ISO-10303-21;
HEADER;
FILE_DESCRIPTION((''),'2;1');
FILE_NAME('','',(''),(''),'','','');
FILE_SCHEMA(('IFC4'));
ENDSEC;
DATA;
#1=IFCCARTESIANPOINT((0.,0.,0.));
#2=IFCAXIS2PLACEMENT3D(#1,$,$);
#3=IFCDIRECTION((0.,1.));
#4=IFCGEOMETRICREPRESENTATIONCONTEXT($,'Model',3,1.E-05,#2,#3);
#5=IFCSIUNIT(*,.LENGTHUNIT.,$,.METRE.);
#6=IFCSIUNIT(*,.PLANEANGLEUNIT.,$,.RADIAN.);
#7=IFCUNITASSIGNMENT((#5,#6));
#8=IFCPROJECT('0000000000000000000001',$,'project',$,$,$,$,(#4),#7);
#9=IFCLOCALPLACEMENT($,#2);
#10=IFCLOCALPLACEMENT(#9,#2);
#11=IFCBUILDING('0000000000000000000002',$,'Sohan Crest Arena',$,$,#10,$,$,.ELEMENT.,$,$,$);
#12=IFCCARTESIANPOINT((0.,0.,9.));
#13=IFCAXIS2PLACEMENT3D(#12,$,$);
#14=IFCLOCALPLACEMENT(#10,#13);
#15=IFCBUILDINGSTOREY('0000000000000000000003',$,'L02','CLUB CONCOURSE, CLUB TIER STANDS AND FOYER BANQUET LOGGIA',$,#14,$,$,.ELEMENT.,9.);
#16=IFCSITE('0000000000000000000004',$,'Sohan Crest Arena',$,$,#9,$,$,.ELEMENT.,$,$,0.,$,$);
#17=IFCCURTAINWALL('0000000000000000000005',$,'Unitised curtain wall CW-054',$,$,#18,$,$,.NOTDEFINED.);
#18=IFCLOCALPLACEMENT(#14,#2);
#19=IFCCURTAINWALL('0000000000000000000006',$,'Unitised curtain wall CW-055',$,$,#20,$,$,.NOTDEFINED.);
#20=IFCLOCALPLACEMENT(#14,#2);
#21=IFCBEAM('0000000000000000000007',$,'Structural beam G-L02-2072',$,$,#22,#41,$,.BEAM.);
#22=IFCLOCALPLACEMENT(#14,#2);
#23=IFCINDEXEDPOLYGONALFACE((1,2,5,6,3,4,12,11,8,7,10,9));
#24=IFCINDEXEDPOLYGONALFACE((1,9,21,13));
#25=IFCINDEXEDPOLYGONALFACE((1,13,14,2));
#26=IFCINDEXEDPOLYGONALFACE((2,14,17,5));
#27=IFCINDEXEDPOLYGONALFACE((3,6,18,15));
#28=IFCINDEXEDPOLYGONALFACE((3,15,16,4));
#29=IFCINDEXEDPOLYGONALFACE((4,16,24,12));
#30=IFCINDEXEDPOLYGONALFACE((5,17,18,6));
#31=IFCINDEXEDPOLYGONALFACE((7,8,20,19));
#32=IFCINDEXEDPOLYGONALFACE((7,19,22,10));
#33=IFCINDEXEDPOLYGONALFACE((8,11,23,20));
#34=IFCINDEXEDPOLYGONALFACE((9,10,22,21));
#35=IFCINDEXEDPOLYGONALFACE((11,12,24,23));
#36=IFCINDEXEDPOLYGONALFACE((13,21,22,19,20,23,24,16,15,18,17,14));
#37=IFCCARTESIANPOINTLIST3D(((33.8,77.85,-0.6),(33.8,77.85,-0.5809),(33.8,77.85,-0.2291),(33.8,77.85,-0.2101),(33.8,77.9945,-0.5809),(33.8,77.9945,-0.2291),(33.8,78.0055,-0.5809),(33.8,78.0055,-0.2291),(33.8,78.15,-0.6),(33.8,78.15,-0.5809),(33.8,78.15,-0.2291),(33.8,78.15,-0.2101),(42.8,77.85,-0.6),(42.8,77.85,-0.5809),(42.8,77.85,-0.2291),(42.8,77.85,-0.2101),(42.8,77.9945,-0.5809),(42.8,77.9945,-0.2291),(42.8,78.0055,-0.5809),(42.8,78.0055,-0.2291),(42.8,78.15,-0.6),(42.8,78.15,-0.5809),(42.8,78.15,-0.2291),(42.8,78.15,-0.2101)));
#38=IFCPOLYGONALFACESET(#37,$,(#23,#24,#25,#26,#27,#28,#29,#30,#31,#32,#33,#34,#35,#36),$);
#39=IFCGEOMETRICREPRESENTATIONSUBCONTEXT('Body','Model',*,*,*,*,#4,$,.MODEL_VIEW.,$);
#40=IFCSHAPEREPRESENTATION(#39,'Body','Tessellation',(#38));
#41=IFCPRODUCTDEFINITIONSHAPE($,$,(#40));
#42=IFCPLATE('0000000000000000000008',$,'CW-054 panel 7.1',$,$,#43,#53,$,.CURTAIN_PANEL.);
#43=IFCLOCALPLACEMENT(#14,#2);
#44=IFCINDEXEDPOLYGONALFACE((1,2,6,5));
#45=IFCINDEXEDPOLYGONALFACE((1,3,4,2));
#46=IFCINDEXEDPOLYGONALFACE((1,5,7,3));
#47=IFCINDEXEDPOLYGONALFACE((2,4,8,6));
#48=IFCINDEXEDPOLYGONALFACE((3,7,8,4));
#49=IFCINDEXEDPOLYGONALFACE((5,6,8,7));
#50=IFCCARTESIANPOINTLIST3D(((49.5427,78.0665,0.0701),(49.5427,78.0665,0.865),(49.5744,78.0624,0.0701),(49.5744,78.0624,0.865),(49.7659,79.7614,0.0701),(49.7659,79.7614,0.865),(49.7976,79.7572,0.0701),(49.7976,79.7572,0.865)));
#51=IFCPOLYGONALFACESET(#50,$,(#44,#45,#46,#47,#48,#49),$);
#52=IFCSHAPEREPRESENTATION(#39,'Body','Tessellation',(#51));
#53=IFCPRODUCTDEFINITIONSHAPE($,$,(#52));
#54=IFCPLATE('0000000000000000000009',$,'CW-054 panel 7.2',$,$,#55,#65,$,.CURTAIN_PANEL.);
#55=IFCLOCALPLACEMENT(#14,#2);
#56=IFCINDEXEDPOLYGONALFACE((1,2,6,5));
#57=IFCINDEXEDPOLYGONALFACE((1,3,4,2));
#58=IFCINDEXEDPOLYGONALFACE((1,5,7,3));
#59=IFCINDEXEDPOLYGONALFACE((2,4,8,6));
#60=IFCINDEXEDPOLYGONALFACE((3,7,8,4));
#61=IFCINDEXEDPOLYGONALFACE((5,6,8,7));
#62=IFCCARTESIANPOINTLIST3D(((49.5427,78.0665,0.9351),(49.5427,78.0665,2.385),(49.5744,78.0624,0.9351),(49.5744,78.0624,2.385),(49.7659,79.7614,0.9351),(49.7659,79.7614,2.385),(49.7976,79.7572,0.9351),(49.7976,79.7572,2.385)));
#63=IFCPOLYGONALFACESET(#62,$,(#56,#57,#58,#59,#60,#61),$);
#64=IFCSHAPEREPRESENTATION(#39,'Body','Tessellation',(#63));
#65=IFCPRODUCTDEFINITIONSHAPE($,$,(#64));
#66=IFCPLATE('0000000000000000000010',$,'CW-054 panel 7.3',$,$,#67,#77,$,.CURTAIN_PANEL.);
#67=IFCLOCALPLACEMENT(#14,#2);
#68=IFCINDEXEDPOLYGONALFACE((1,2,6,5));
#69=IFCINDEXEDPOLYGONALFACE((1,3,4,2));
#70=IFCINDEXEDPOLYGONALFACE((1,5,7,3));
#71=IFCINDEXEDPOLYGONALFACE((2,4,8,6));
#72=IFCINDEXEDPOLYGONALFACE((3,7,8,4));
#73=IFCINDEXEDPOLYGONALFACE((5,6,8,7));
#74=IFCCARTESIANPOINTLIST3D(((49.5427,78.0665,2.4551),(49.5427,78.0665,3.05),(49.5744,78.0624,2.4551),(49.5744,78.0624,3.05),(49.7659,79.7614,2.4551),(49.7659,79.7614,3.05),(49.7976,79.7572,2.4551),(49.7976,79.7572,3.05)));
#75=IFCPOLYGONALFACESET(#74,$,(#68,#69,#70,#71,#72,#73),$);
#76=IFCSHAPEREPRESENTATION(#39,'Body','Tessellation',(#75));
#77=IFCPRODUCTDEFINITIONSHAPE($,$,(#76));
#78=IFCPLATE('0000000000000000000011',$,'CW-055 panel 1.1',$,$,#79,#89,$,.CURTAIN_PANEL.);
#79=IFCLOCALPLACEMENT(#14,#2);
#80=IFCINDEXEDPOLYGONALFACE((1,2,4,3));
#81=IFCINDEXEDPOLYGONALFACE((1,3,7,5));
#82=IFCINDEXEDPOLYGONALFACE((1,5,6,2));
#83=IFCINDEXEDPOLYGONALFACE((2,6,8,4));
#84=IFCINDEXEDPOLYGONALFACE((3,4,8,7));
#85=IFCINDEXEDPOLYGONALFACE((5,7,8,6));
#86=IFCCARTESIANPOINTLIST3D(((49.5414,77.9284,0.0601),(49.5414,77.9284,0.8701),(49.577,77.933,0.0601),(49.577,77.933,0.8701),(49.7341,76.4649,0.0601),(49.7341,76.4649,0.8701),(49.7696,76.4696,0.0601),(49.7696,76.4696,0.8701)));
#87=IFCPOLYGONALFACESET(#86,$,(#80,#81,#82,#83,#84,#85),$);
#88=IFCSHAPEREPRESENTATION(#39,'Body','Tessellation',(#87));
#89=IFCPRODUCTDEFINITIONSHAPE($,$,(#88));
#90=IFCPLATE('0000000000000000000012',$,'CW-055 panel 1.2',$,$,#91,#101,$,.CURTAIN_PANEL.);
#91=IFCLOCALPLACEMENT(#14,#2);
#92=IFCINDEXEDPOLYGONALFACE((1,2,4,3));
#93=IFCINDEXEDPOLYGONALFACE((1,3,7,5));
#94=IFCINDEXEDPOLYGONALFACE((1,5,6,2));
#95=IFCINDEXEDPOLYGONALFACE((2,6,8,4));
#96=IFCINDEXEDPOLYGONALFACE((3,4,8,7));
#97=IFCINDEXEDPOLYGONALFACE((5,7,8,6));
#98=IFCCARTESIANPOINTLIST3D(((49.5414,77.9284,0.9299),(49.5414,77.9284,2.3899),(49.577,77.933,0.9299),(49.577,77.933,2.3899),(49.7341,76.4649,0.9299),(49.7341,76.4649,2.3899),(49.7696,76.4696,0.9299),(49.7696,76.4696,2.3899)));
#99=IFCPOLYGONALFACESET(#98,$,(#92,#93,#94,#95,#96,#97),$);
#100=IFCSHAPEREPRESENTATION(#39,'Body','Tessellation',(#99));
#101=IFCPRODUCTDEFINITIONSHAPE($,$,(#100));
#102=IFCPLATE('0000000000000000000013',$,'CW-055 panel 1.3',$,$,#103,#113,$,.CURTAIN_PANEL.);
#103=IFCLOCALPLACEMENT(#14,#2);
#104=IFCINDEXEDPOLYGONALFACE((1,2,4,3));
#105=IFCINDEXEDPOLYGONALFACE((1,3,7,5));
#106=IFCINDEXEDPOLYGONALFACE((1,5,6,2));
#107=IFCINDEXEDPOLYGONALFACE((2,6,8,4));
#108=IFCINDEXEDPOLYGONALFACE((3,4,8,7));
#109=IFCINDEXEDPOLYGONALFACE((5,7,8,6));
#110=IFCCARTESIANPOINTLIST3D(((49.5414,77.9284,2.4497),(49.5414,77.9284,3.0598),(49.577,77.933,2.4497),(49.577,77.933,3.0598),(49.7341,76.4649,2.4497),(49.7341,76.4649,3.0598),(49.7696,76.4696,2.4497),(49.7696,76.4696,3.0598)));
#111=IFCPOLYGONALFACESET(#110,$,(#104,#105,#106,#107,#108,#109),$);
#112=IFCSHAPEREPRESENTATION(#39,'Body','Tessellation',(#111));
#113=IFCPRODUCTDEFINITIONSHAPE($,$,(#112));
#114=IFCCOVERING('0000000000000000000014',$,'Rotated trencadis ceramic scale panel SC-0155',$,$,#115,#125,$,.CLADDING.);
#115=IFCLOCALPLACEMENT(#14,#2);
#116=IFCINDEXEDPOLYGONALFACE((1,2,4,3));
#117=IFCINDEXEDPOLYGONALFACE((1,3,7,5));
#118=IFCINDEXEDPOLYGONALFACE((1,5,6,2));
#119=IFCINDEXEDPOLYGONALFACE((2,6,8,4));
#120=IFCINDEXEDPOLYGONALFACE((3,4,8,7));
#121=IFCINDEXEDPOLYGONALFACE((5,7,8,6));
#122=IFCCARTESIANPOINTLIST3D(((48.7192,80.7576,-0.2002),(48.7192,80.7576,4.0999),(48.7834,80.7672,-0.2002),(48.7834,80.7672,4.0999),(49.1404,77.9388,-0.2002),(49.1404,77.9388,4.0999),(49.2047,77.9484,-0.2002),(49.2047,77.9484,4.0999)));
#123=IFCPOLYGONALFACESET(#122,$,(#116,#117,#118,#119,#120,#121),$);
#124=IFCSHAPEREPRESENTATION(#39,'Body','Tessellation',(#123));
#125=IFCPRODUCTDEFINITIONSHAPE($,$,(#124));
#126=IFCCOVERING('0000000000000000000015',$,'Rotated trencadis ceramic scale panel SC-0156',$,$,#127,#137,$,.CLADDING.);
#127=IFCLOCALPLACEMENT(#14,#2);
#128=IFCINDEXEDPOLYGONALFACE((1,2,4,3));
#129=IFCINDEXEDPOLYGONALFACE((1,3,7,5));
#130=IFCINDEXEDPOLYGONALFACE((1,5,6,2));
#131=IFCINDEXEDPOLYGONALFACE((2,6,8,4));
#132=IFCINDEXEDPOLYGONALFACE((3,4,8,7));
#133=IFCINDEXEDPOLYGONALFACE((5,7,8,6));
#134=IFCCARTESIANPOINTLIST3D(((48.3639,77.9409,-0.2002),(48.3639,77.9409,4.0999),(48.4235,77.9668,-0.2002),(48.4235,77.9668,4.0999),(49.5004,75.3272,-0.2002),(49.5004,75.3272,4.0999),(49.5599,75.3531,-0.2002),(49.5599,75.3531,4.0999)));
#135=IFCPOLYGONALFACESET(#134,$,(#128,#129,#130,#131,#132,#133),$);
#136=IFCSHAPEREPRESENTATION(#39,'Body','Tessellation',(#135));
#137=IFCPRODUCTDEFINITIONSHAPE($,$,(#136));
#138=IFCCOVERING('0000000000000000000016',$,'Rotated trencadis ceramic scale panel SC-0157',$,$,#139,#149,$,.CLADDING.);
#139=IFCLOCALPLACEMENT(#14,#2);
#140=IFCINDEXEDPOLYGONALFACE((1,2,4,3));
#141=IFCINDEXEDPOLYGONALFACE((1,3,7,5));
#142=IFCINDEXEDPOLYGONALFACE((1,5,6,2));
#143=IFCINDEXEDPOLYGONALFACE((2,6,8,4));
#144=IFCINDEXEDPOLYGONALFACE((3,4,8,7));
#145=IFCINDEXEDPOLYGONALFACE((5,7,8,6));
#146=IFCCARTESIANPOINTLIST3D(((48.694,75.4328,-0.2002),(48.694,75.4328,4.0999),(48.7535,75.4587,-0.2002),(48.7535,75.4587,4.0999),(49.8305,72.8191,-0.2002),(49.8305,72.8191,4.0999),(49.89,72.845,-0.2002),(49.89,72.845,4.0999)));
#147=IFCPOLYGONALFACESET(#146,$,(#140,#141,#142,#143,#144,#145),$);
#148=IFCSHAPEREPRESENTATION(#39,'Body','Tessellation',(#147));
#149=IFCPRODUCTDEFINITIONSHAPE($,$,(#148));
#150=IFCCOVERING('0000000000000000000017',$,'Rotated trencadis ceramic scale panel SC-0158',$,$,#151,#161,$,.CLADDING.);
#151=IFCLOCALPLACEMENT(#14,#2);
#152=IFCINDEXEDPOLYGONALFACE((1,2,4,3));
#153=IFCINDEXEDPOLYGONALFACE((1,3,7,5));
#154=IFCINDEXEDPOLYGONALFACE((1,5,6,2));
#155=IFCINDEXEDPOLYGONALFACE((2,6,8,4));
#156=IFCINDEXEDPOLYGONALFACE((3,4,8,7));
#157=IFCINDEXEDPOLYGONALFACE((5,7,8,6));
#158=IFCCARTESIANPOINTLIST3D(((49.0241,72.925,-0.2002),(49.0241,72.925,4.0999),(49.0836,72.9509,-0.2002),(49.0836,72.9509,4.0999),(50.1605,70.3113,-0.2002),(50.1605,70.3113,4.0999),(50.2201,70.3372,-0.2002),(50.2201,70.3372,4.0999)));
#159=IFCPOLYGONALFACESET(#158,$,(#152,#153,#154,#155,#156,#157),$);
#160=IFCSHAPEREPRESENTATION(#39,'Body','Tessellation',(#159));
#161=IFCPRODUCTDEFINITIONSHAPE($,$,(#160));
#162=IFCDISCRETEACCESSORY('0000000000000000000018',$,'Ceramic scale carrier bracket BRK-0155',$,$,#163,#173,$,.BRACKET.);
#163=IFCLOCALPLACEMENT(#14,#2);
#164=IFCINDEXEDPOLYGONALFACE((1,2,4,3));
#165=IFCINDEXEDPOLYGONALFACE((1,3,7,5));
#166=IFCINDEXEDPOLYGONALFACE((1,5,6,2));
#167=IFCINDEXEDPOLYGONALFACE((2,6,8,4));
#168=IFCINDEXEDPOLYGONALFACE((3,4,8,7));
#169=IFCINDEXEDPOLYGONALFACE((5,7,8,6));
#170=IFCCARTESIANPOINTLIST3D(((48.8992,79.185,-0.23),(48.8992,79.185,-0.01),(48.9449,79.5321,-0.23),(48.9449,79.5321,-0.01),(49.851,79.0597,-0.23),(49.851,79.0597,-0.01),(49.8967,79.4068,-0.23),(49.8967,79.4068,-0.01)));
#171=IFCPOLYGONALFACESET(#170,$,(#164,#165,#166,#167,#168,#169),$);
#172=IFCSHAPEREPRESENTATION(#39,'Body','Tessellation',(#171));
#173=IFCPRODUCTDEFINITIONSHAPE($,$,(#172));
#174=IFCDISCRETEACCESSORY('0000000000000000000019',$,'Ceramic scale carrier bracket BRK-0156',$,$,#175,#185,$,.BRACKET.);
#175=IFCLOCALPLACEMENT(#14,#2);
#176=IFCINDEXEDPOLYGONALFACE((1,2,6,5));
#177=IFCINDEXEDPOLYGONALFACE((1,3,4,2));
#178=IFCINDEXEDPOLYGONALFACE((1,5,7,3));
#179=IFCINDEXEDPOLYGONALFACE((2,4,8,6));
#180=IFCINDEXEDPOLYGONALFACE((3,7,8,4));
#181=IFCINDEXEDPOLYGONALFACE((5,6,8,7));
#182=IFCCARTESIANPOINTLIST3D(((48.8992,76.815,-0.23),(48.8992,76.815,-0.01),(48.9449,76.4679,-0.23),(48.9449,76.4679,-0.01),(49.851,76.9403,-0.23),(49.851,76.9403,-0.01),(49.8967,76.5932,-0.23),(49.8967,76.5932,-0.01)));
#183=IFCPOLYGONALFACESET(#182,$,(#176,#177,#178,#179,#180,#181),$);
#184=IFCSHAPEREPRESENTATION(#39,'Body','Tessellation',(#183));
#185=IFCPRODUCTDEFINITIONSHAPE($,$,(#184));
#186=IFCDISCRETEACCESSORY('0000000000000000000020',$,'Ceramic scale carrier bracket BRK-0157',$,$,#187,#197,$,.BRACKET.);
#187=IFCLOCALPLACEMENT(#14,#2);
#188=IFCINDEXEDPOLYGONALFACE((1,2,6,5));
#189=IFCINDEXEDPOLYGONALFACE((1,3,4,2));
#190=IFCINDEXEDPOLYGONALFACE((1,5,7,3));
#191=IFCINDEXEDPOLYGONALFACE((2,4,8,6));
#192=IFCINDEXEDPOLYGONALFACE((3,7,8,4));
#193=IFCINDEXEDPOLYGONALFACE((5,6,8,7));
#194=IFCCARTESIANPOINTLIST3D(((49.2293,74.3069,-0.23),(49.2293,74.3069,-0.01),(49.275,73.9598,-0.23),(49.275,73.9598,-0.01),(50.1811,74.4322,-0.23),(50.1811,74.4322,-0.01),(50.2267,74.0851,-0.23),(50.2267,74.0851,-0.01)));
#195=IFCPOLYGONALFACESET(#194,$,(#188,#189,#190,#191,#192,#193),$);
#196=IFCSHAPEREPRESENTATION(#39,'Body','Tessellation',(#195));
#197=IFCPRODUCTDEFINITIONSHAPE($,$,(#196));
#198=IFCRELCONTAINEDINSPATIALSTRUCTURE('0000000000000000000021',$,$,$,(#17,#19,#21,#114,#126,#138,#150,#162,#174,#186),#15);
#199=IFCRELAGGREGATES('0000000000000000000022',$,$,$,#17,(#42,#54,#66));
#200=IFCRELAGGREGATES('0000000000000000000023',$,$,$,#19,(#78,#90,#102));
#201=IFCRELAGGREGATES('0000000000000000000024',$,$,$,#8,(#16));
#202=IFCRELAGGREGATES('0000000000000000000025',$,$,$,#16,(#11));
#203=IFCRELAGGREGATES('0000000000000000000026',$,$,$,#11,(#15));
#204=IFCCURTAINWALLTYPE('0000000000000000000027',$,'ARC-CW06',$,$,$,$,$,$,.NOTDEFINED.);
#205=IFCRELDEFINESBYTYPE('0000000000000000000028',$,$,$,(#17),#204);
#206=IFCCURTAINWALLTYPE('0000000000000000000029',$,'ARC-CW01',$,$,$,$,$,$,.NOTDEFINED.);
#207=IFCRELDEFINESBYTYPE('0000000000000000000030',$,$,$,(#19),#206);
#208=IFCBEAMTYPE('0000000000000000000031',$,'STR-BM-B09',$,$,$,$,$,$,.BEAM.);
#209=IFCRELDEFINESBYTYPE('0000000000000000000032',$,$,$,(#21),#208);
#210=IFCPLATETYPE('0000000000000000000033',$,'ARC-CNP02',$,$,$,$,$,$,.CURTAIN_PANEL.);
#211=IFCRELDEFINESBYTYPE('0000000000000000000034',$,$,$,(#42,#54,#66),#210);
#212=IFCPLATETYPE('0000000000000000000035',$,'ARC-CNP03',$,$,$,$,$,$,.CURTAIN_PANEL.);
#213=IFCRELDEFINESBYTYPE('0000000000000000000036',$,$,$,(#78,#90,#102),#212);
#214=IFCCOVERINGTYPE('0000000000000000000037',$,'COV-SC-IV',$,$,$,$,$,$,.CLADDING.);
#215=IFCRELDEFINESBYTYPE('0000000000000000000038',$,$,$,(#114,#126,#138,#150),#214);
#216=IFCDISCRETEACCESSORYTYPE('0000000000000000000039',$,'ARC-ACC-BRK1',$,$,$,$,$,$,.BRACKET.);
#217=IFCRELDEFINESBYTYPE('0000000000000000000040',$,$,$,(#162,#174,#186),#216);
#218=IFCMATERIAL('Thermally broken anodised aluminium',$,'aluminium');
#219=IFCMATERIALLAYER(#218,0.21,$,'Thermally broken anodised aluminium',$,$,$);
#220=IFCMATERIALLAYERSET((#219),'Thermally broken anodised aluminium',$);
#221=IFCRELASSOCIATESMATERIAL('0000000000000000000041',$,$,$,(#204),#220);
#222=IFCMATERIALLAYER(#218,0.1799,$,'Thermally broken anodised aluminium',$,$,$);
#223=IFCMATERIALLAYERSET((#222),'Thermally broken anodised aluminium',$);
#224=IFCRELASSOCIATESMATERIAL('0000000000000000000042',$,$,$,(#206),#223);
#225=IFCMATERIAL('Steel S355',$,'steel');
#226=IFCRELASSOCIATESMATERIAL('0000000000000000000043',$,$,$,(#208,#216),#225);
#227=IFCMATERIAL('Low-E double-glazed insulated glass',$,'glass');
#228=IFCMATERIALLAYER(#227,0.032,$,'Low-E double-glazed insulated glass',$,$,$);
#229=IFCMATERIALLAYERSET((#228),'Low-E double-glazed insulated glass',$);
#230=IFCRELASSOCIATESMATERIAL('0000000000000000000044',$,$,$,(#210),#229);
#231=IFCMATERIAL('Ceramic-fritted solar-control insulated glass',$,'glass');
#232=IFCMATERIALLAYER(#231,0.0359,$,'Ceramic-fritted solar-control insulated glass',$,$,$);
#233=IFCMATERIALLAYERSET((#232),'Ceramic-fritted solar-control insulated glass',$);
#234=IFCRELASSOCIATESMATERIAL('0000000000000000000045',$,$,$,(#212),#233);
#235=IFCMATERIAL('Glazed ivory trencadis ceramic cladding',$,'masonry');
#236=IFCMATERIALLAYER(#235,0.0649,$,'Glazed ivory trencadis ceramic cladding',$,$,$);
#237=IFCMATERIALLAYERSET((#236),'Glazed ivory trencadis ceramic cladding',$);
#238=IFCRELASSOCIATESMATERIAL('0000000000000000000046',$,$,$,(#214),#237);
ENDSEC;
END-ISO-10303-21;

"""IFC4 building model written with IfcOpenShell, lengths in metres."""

from ifc_helpers import new_model, si_unit, direction, frame, origin, origin_2d, place, context, subcontext, project, spatial, rectangle, i_section, extrude, material, layer, layer_set, material_profile, profile_set, type_object, element, aggregate, save


model = new_model("IFC4")

# Units and contexts
model_context = context("Model", 3, precision=1e-05, world=origin(), true_north=direction((0.0, 1.0)))
body_context = subcontext(model_context, "Body", "Model", "MODEL_VIEW")
ifc_project = project(units=[si_unit("LENGTHUNIT", "METRE"), si_unit("PLANEANGLEUNIT", "RADIAN")], contexts=[model_context])

# Site, building, storey
site_placement = place(None, origin())
site = spatial("IfcSite", under=ifc_project, at=site_placement, Name="Sohan Crest Arena", CompositionType="ELEMENT", RefElevation=0.0)
building_placement = place(site_placement, origin())
building = spatial("IfcBuilding", under=site, at=building_placement, Name="Sohan Crest Arena", CompositionType="ELEMENT")
storey_placement = place(building_placement, frame((0.0, 0.0, 9.0)))
storey = spatial("IfcBuildingStorey", under=building, at=storey_placement, Name="L02", Description="CLUB CONCOURSE, CLUB TIER STANDS AND FOYER BANQUET LOGGIA", CompositionType="ELEMENT", Elevation=9.0)

# Curtain walls
ifc_material_1 = material(Name="Thermally broken anodised aluminium", Category="aluminium")
ifc_layer_1 = layer(ifc_material_1, 0.21, Name="Thermally broken anodised aluminium")
ifc_layer_set_1 = layer_set([ifc_layer_1], Name="Thermally broken anodised aluminium")
curtain_wall_type_1 = type_object("IfcCurtainWallType", Name="ARC-CW06", PredefinedType="NOTDEFINED", material=ifc_layer_set_1)
curtain_wall_1_placement = place(storey_placement, origin())
curtain_wall_1 = element("IfcCurtainWall", 1, at=curtain_wall_1_placement, inside=storey, type_object=curtain_wall_type_1, Name="Unitised curtain wall CW-054", PredefinedType="NOTDEFINED")
ifc_layer_2 = layer(ifc_material_1, 0.1799, Name="Thermally broken anodised aluminium")
ifc_layer_set_2 = layer_set([ifc_layer_2], Name="Thermally broken anodised aluminium")
curtain_wall_type_2 = type_object("IfcCurtainWallType", Name="ARC-CW01", PredefinedType="NOTDEFINED", material=ifc_layer_set_2)
curtain_wall_2_placement = place(storey_placement, origin())
curtain_wall_2 = element("IfcCurtainWall", 2, at=curtain_wall_2_placement, inside=storey, type_object=curtain_wall_type_2, Name="Unitised curtain wall CW-055", PredefinedType="NOTDEFINED")

# Beam
ifc_material_2 = material(Name="Steel S355", Category="steel")
ifc_material_profile_1 = material_profile(ifc_material_2, i_section(OverallWidth=0.3, OverallDepth=0.3899, WebThickness=0.011, FlangeThickness=0.019, at=origin_2d()), Name="HEA 400")
ifc_profile_set_1 = profile_set([ifc_material_profile_1], Name="Steel S355")
beam_type_1 = type_object("IfcBeamType", Name="STR-BM-B09", PredefinedType="BEAM", material=ifc_profile_set_1)
beam_1_placement = place(storey_placement, frame((33.8, 78.0, -0.405), z_axis=(1.0, 0.0, 0.0), x_axis=(0.0, 1.0, 0.0)))
element("IfcBeam", 3, at=beam_1_placement, inside=storey, type_object=beam_type_1, Name="Structural beam G-L02-2072", PredefinedType="BEAM", context=body_context, shape_type="SweptSolid", body=[
    extrude(i_section(OverallWidth=0.3, OverallDepth=0.3899, WebThickness=0.011, FlangeThickness=0.019, at=origin_2d()), origin(), (0.0, 0.0, 1.0), 9.0),
])

# Plates
ifc_material_3 = material(Name="Low-E double-glazed insulated glass", Category="glass")
ifc_layer_3 = layer(ifc_material_3, 0.032, Name="Low-E double-glazed insulated glass")
ifc_layer_set_3 = layer_set([ifc_layer_3], Name="Low-E double-glazed insulated glass")
plate_type_1 = type_object("IfcPlateType", Name="ARC-CNP02", PredefinedType="CURTAIN_PANEL", material=ifc_layer_set_3)
plate_1_placement = place(storey_placement, frame((49.6702, 78.9119, 0.0701), z_axis=(0.0, 0.0, 1.0), x_axis=(-0.130532, -0.991444, 0.0)))
plate_1 = element("IfcPlate", 4, at=plate_1_placement, type_object=plate_type_1, Name="CW-054 panel 7.1", PredefinedType="CURTAIN_PANEL", context=body_context, shape_type="SweptSolid", body=[
    extrude(rectangle(XDim=1.7095, YDim=0.032, at=origin_2d()), origin(), (0.0, 0.0, 1.0), 0.7949),
])
plate_2_placement = place(storey_placement, frame((49.6702, 78.9119, 0.9351), z_axis=(0.0, 0.0, 1.0), x_axis=(-0.130532, -0.991444, 0.0)))
plate_2 = element("IfcPlate", 5, at=plate_2_placement, type_object=plate_type_1, Name="CW-054 panel 7.2", PredefinedType="CURTAIN_PANEL", context=body_context, shape_type="SweptSolid", body=[
    extrude(rectangle(XDim=1.7095, YDim=0.032, at=origin_2d()), origin(), (0.0, 0.0, 1.0), 1.45),
])
plate_3_placement = place(storey_placement, frame((49.6702, 78.9119, 2.4551), z_axis=(0.0, 0.0, 1.0), x_axis=(-0.130532, -0.991444, 0.0)))
plate_3 = element("IfcPlate", 6, at=plate_3_placement, type_object=plate_type_1, Name="CW-054 panel 7.3", PredefinedType="CURTAIN_PANEL", context=body_context, shape_type="SweptSolid", body=[
    extrude(rectangle(XDim=1.7095, YDim=0.032, at=origin_2d()), origin(), (0.0, 0.0, 1.0), 0.595),
])
aggregate(curtain_wall_1, [plate_1, plate_2, plate_3])
ifc_material_4 = material(Name="Ceramic-fritted solar-control insulated glass", Category="glass")
ifc_layer_4 = layer(ifc_material_4, 0.0359, Name="Ceramic-fritted solar-control insulated glass")
ifc_layer_set_4 = layer_set([ifc_layer_4], Name="Ceramic-fritted solar-control insulated glass")
plate_type_2 = type_object("IfcPlateType", Name="ARC-CNP03", PredefinedType="CURTAIN_PANEL", material=ifc_layer_set_4)
plate_4_placement = place(storey_placement, frame((49.6555, 77.199, 0.0601), z_axis=(0.0, 0.0, 1.0), x_axis=(0.130532, -0.991444, 0.0)))
plate_4 = element("IfcPlate", 7, at=plate_4_placement, type_object=plate_type_2, Name="CW-055 panel 1.1", PredefinedType="CURTAIN_PANEL", context=body_context, shape_type="SweptSolid", body=[
    extrude(rectangle(XDim=1.4761, YDim=0.0359, at=origin_2d()), origin(), (0.0, 0.0, 1.0), 0.8101),
])
plate_5_placement = place(storey_placement, frame((49.6555, 77.199, 0.9299), z_axis=(0.0, 0.0, 1.0), x_axis=(0.130532, -0.991444, 0.0)))
plate_5 = element("IfcPlate", 8, at=plate_5_placement, type_object=plate_type_2, Name="CW-055 panel 1.2", PredefinedType="CURTAIN_PANEL", context=body_context, shape_type="SweptSolid", body=[
    extrude(rectangle(XDim=1.4761, YDim=0.0359, at=origin_2d()), origin(), (0.0, 0.0, 1.0), 1.46),
])
plate_6_placement = place(storey_placement, frame((49.6555, 77.199, 2.4497), z_axis=(0.0, 0.0, 1.0), x_axis=(0.130532, -0.991444, 0.0)))
plate_6 = element("IfcPlate", 9, at=plate_6_placement, type_object=plate_type_2, Name="CW-055 panel 1.3", PredefinedType="CURTAIN_PANEL", context=body_context, shape_type="SweptSolid", body=[
    extrude(rectangle(XDim=1.4761, YDim=0.0359, at=origin_2d()), origin(), (0.0, 0.0, 1.0), 0.6101),
])
aggregate(curtain_wall_2, [plate_4, plate_5, plate_6])

# Coverings
ifc_material_5 = material(Name="Glazed ivory trencadis ceramic cladding", Category="masonry")
ifc_layer_5 = layer(ifc_material_5, 0.0649, Name="Glazed ivory trencadis ceramic cladding")
ifc_layer_set_5 = layer_set([ifc_layer_5], Name="Glazed ivory trencadis ceramic cladding")
covering_type = type_object("IfcCoveringType", Name="COV-SC-IV", PredefinedType="CLADDING", material=ifc_layer_set_5)
for number, where, z_axis, x_axis, name in (
    (10, (48.9619, 79.353, -0.2002), (0.0, 0.0, 1.0), (0.147809, -0.989016, 0.0), "Rotated trencadis ceramic scale panel SC-0155"),
    (11, (48.9619, 76.647, -0.2002), (0.0, 0.0, 1.0), (0.398749, -0.91706, 0.0), "Rotated trencadis ceramic scale panel SC-0156"),
    (12, (49.292, 74.1389, -0.2002), (0.0, 0.0, 1.0), (0.398749, -0.91706, 0.0), "Rotated trencadis ceramic scale panel SC-0157"),
    (13, (49.6221, 71.6311, -0.2002), (0.0, 0.0, 1.0), (0.398749, -0.91706, 0.0), "Rotated trencadis ceramic scale panel SC-0158"),
):
    element("IfcCovering", number, at=place(storey_placement, frame(where, z_axis=z_axis, x_axis=x_axis)), inside=storey, type_object=covering_type, Name=name, PredefinedType="CLADDING", context=body_context, shape_type="SweptSolid", body=[
        extrude(rectangle(XDim=2.8501, YDim=0.0649, at=origin_2d()), origin(), (0.0, 0.0, 1.0), 4.3),
    ])

# Discrete accessories
discrete_accessory_type = type_object("IfcDiscreteAccessoryType", Name="ARC-ACC-BRK1", PredefinedType="BRACKET", material=ifc_material_2)
for number, where, z_axis, x_axis, name in (
    (14, (49.3979, 79.2959, -0.23), (0.0, 0.0, 1.0), (-0.130526, -0.991445, 0.0), "Ceramic scale carrier bracket BRK-0155"),
    (15, (49.3979, 76.7041, -0.23), (0.0, 0.0, 1.0), (0.130526, -0.991445, 0.0), "Ceramic scale carrier bracket BRK-0156"),
    (16, (49.728, 74.196, -0.23), (0.0, 0.0, 1.0), (0.130526, -0.991445, 0.0), "Ceramic scale carrier bracket BRK-0157"),
):
    element("IfcDiscreteAccessory", number, at=place(storey_placement, frame(where, z_axis=z_axis, x_axis=x_axis)), inside=storey, type_object=discrete_accessory_type, Name=name, PredefinedType="BRACKET", context=body_context, shape_type="SweptSolid", body=[
        extrude(rectangle(XDim=0.3501, YDim=0.96, at=origin_2d()), origin(), (0.0, 0.0, 1.0), 0.22),
    ])

save(model, "model.ifc")
